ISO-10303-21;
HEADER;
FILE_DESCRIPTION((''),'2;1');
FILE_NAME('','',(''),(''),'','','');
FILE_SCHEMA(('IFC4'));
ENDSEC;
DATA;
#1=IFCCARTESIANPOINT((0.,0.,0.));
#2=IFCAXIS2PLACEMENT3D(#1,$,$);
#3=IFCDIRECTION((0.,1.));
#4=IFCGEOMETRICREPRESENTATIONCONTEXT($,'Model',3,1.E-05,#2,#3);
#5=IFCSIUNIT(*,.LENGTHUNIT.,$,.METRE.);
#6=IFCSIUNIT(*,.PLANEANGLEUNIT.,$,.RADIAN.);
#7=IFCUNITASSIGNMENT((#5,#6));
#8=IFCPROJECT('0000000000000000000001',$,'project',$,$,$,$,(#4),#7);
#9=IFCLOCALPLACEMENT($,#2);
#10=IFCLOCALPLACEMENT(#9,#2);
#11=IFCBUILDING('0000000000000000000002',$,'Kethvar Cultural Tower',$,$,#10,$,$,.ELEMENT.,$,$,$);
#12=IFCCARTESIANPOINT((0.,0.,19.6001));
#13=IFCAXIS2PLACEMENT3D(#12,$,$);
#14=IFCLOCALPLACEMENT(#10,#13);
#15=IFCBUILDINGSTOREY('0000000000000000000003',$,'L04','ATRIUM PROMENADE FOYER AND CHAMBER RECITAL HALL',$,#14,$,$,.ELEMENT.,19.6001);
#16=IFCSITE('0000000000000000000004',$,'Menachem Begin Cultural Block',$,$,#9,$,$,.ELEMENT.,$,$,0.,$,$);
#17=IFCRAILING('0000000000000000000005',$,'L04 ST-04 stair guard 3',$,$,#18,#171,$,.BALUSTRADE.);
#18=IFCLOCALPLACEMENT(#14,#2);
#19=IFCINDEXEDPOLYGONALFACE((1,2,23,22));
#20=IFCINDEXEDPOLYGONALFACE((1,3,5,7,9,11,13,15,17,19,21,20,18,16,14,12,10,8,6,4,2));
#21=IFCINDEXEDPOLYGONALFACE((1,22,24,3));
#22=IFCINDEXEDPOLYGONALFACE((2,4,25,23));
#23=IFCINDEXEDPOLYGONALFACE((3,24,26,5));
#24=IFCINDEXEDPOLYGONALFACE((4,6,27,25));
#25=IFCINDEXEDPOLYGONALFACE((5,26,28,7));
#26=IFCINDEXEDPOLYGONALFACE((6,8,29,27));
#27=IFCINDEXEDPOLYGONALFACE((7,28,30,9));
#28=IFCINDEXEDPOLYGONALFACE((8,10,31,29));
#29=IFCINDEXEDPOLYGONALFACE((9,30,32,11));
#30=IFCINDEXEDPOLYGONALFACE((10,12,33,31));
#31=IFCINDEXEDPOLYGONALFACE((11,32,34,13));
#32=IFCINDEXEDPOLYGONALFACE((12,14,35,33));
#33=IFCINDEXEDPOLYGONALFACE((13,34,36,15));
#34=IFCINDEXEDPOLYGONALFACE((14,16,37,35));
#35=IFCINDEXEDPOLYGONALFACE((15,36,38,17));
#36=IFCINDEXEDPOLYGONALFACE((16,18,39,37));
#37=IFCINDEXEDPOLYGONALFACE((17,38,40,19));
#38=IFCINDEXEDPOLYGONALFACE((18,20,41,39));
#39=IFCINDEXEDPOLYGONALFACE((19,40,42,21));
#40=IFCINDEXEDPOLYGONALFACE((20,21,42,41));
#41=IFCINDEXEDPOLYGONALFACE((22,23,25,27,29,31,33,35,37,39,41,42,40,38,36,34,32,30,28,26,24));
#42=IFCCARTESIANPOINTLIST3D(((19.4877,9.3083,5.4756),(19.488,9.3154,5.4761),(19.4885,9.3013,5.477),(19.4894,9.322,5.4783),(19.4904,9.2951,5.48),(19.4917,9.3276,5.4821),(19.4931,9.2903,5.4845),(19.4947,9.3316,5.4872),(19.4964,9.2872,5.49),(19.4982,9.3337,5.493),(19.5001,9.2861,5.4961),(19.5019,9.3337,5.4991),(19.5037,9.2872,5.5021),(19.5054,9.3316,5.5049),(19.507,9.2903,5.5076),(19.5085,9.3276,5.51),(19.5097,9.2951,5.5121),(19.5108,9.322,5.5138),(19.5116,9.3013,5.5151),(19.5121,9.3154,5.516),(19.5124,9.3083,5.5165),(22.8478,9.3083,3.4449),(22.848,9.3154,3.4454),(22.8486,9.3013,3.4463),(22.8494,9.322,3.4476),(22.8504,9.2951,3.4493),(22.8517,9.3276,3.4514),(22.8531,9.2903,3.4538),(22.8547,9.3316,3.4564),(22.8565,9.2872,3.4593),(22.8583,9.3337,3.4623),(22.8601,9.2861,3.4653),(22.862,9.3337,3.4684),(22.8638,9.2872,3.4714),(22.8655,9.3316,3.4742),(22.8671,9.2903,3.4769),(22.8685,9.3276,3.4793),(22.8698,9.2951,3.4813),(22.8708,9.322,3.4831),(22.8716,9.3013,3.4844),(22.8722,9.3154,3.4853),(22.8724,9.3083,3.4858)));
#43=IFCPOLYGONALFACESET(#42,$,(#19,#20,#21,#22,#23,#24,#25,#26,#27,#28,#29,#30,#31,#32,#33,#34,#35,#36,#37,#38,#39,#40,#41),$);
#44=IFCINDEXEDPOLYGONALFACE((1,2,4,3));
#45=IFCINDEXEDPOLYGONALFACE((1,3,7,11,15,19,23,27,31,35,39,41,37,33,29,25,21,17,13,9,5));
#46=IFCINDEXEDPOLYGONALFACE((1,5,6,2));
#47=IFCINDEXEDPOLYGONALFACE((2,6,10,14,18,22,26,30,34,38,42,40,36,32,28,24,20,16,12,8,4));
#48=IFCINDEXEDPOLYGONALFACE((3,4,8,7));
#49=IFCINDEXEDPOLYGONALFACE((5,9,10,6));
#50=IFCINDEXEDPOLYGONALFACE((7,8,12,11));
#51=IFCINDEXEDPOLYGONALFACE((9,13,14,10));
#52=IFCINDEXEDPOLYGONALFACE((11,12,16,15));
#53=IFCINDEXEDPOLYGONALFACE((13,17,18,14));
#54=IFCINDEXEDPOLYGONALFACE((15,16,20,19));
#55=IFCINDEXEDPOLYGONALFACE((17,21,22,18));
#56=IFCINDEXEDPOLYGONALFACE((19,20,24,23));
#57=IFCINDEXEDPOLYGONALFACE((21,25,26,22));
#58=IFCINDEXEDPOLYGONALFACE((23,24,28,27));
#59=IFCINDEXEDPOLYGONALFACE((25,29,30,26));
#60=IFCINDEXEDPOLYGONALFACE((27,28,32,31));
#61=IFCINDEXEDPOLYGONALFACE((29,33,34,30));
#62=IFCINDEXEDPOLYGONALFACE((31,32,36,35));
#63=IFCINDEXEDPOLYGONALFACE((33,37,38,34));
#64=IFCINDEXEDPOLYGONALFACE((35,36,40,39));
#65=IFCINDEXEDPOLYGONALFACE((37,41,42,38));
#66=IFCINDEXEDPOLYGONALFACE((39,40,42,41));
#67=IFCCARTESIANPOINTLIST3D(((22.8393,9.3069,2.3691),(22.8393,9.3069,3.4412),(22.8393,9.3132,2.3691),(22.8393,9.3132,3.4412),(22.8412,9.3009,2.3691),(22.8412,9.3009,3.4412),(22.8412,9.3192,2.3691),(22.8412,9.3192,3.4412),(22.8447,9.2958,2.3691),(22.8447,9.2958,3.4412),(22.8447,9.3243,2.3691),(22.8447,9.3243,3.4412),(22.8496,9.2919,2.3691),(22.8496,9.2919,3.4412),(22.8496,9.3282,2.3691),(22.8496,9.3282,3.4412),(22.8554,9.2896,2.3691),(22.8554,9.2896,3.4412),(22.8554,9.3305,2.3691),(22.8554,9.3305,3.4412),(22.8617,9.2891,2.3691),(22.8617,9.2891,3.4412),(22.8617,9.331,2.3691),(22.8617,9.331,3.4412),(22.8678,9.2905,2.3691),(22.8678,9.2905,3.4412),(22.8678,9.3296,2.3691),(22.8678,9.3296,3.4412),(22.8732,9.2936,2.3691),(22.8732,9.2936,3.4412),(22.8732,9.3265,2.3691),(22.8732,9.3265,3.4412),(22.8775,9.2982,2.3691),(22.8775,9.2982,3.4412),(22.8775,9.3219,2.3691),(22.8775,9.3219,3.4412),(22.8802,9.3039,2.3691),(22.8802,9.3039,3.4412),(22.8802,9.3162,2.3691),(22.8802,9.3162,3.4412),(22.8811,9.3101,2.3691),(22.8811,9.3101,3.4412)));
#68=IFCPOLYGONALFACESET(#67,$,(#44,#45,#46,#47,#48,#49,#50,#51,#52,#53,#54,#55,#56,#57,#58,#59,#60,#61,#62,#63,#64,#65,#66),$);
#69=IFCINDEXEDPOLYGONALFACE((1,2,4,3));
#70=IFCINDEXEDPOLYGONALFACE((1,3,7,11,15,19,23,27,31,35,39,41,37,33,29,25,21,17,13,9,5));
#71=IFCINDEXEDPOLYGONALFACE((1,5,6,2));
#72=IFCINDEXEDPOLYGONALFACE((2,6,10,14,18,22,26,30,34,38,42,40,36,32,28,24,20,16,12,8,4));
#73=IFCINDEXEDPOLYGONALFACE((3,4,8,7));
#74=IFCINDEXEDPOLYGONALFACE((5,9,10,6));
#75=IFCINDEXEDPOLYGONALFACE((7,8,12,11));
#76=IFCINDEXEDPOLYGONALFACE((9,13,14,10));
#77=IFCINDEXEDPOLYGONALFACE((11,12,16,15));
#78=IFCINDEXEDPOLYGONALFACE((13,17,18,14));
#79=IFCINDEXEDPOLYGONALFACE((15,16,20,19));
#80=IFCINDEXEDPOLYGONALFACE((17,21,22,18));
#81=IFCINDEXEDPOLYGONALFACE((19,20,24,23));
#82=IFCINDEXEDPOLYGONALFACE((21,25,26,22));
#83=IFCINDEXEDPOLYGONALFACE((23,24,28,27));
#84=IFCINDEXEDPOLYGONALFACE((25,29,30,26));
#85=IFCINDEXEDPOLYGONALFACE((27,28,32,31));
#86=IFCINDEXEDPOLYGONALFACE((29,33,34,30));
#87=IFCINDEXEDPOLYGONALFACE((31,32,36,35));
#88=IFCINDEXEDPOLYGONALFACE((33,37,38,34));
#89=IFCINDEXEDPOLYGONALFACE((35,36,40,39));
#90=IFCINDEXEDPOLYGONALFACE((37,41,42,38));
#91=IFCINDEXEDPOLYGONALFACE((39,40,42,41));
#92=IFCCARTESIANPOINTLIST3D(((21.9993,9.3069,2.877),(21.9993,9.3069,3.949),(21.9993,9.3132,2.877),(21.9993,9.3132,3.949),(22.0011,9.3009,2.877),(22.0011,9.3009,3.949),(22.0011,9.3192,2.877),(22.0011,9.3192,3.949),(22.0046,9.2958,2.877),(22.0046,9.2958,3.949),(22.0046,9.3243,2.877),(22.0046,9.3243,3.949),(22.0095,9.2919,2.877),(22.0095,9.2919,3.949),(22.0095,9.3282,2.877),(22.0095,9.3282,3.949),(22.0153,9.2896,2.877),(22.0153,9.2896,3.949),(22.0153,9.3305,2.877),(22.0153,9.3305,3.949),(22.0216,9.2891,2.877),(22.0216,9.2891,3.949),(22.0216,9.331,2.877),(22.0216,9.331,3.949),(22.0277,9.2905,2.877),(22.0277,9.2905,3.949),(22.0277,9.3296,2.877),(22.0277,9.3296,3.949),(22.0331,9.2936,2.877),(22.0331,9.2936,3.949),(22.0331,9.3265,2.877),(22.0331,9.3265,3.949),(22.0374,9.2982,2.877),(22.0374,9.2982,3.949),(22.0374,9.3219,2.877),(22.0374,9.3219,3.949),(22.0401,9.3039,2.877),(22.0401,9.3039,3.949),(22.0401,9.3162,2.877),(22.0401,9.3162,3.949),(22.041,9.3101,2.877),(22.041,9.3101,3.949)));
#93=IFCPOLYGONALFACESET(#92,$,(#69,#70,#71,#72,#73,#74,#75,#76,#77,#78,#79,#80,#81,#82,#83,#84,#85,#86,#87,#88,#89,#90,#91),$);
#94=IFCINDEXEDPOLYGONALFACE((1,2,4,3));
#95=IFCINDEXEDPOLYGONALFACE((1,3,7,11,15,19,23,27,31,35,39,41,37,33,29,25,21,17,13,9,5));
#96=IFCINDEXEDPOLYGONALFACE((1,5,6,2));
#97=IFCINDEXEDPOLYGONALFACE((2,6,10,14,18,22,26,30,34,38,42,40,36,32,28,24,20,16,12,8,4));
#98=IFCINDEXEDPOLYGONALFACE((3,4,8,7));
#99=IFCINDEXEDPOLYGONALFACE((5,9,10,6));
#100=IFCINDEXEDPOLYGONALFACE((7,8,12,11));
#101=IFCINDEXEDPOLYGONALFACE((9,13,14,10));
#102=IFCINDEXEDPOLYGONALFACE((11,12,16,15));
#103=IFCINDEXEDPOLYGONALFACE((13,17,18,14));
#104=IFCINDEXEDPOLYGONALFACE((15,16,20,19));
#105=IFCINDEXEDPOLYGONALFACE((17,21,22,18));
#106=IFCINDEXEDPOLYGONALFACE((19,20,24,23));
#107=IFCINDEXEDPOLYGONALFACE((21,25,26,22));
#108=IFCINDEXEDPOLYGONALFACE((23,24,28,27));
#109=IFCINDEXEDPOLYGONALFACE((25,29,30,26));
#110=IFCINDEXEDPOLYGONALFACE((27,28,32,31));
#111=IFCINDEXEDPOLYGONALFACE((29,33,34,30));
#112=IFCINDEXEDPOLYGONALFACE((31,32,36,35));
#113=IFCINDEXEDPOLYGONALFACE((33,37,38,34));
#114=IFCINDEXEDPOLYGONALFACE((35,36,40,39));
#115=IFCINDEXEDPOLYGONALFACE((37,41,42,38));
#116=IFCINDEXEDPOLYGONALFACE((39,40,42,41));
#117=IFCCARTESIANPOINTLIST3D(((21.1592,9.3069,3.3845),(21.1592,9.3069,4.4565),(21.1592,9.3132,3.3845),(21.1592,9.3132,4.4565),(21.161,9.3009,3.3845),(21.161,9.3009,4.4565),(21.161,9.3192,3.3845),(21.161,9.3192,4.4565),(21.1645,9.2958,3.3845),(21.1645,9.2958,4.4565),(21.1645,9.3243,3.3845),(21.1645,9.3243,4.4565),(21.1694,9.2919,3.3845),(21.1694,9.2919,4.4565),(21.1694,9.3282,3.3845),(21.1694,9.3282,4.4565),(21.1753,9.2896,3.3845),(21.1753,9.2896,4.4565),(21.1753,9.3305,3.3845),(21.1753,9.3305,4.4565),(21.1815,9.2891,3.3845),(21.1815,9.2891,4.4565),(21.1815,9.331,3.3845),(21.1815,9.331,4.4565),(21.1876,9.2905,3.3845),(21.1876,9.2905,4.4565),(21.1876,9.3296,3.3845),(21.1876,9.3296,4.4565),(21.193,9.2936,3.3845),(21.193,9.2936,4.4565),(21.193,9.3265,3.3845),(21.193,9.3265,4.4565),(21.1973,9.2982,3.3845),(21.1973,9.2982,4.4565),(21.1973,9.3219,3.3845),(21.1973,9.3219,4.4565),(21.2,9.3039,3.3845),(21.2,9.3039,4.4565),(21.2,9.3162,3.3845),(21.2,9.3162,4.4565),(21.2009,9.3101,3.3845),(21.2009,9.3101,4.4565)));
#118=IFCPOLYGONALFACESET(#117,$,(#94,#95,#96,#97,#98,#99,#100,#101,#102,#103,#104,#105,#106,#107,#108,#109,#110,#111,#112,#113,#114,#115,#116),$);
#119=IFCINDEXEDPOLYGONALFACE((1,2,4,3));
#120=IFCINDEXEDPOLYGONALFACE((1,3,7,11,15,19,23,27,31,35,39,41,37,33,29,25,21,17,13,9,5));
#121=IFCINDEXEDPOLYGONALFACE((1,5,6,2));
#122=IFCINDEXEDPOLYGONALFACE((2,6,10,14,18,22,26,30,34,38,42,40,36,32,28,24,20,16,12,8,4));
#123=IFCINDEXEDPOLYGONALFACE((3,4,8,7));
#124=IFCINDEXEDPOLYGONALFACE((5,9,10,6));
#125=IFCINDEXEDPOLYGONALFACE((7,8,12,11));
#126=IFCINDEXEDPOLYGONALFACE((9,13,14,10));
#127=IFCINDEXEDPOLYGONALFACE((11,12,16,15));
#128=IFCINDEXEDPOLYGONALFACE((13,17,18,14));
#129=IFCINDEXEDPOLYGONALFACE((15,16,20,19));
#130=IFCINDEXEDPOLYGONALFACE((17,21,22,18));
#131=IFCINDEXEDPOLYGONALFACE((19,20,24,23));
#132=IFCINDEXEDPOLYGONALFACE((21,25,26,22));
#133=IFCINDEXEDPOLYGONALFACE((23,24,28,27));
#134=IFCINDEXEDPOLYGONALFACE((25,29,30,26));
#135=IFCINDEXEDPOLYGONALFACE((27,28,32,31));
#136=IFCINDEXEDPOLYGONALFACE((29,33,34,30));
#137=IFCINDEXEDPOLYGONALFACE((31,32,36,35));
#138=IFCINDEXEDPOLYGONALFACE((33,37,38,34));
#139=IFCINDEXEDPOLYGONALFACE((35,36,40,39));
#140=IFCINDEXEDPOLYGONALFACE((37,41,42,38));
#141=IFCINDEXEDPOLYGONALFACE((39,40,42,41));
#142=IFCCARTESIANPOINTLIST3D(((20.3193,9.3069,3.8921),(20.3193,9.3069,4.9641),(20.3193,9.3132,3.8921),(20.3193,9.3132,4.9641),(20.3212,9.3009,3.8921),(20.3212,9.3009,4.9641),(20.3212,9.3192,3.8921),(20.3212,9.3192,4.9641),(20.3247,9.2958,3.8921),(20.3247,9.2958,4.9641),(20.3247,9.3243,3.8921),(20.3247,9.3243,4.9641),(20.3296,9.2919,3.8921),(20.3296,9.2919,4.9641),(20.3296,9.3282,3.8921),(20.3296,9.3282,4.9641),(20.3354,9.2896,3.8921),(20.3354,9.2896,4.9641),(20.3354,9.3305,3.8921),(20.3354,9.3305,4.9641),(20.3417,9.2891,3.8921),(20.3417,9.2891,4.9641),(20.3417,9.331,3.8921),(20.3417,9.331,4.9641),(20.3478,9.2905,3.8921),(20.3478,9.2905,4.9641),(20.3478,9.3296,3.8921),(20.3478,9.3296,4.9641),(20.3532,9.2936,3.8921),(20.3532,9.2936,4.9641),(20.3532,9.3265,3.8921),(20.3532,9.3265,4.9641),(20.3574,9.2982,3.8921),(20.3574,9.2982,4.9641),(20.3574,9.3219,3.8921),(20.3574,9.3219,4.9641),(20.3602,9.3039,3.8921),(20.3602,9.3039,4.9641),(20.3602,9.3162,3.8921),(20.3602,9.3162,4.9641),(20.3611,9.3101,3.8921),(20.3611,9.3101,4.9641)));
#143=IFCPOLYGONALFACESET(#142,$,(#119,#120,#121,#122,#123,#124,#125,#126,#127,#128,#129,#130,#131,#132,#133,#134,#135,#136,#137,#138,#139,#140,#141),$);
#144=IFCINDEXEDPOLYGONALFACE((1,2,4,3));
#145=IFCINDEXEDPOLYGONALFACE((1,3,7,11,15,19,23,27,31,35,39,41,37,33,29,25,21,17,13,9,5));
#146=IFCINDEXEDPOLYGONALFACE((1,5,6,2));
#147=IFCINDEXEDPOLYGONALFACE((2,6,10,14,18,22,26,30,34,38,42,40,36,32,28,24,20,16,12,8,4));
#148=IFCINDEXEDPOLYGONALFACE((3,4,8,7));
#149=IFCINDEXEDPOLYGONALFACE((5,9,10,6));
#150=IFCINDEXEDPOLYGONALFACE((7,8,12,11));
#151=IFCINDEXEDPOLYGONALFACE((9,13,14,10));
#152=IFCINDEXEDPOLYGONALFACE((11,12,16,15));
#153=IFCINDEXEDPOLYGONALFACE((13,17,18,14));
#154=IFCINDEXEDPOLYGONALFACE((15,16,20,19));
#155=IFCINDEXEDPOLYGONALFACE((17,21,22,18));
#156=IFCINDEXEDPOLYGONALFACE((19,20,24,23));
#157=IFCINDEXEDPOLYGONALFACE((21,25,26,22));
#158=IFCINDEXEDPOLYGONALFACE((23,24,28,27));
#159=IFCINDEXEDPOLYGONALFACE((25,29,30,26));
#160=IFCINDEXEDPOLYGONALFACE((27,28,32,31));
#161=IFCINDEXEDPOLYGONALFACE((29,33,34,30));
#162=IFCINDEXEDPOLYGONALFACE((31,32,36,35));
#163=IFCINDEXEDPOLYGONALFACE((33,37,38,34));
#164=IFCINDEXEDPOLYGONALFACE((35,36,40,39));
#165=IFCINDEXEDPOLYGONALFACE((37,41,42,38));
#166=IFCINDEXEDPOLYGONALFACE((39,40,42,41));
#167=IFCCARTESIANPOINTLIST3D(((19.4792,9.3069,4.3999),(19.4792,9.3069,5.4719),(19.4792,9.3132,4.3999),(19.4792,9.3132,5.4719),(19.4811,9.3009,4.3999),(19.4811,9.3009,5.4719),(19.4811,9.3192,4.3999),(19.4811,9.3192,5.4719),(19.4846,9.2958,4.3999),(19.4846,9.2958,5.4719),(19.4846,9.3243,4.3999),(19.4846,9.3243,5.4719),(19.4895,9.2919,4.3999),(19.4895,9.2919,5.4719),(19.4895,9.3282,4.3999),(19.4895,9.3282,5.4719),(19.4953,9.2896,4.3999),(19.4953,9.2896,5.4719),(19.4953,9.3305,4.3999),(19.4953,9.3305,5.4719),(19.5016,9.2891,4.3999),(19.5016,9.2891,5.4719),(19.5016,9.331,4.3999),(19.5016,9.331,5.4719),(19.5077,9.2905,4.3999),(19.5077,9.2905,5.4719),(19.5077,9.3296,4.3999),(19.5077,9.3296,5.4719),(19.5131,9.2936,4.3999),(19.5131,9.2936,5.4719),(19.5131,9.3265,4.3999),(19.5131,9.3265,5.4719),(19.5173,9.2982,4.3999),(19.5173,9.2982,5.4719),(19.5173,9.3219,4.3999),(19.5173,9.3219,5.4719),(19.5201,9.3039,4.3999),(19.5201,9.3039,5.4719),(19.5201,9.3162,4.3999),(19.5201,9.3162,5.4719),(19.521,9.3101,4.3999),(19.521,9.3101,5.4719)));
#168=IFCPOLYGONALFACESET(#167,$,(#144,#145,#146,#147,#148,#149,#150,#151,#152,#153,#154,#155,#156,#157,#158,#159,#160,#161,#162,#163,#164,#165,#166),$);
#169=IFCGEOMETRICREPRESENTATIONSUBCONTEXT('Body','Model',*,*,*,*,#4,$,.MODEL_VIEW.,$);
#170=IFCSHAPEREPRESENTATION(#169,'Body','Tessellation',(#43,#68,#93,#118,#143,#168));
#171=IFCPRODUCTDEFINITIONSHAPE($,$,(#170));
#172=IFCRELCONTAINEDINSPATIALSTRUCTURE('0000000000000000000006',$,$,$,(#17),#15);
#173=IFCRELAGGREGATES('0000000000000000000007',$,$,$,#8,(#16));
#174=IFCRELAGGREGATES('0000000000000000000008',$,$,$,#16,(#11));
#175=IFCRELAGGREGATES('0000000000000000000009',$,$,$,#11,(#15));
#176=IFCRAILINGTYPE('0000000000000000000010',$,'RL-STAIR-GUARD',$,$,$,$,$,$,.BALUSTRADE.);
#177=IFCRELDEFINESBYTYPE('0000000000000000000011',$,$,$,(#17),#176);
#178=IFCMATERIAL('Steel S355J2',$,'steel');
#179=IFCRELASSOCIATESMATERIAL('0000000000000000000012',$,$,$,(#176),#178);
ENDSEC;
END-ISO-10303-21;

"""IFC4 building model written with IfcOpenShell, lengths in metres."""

from ifc_helpers import new_model, si_unit, direction, frame, origin, origin_2d, place, context, subcontext, project, spatial, circle, extrude, material, type_object, element, save


model = new_model("IFC4")

# Units and contexts
model_context = context("Model", 3, precision=1e-05, world=origin(), true_north=direction((0.0, 1.0)))
body_context = subcontext(model_context, "Body", "Model", "MODEL_VIEW")
ifc_project = project(units=[si_unit("LENGTHUNIT", "METRE"), si_unit("PLANEANGLEUNIT", "RADIAN")], contexts=[model_context])

# Site, building, storey
site_placement = place(None, origin())
site = spatial("IfcSite", under=ifc_project, at=site_placement, Name="Menachem Begin Cultural Block", CompositionType="ELEMENT", RefElevation=0.0)
building_placement = place(site_placement, origin())
building = spatial("IfcBuilding", under=site, at=building_placement, Name="Kethvar Cultural Tower", CompositionType="ELEMENT")
storey_placement = place(building_placement, frame((0.0, 0.0, 19.6001)))
storey = spatial("IfcBuildingStorey", under=building, at=storey_placement, Name="L04", Description="ATRIUM PROMENADE FOYER AND CHAMBER RECITAL HALL", CompositionType="ELEMENT", Elevation=19.6001)

# Shared definitions
ifc_material_1 = material(Name="Steel S355J2", Category="steel")

# Railing
railing_type_1 = type_object("IfcRailingType", Name="RL-STAIR-GUARD", PredefinedType="BALUSTRADE", material=ifc_material_1)
railing_1_placement = place(storey_placement, frame((22.8601, 9.3101, 2.3691)))
element("IfcRailing", 1, at=railing_1_placement, inside=storey, type_object=railing_type_1, Name="L04 ST-04 stair guard 3", PredefinedType="BALUSTRADE", context=body_context, shape_type="SweptSolid", body=[
    extrude(circle(Radius=0.0239, at=origin_2d()), frame((0.0, 0.0, 1.0962), z_axis=(-0.855837, 0.0, 0.517246), x_axis=(0.0, -1.0, 0.0)), (0.0, 0.0, 1.0), 3.926),
    extrude(circle(Radius=0.021, at=origin_2d()), origin(), (0.0, 0.0, 1.0), 1.072),
    extrude(circle(Radius=0.021, at=origin_2d()), frame((-0.8401, 0.0, 0.5078)), (0.0, 0.0, 1.0), 1.072),
    extrude(circle(Radius=0.021, at=origin_2d()), frame((-1.6802, 0.0, 1.0154)), (0.0, 0.0, 1.0), 1.072),
    extrude(circle(Radius=0.021, at=origin_2d()), frame((-2.52, 0.0, 1.5229)), (0.0, 0.0, 1.0), 1.072),
    extrude(circle(Radius=0.021, at=origin_2d()), frame((-3.3601, 0.0, 2.0308)), (0.0, 0.0, 1.0), 1.072),
])

save(model, "model.ifc")
